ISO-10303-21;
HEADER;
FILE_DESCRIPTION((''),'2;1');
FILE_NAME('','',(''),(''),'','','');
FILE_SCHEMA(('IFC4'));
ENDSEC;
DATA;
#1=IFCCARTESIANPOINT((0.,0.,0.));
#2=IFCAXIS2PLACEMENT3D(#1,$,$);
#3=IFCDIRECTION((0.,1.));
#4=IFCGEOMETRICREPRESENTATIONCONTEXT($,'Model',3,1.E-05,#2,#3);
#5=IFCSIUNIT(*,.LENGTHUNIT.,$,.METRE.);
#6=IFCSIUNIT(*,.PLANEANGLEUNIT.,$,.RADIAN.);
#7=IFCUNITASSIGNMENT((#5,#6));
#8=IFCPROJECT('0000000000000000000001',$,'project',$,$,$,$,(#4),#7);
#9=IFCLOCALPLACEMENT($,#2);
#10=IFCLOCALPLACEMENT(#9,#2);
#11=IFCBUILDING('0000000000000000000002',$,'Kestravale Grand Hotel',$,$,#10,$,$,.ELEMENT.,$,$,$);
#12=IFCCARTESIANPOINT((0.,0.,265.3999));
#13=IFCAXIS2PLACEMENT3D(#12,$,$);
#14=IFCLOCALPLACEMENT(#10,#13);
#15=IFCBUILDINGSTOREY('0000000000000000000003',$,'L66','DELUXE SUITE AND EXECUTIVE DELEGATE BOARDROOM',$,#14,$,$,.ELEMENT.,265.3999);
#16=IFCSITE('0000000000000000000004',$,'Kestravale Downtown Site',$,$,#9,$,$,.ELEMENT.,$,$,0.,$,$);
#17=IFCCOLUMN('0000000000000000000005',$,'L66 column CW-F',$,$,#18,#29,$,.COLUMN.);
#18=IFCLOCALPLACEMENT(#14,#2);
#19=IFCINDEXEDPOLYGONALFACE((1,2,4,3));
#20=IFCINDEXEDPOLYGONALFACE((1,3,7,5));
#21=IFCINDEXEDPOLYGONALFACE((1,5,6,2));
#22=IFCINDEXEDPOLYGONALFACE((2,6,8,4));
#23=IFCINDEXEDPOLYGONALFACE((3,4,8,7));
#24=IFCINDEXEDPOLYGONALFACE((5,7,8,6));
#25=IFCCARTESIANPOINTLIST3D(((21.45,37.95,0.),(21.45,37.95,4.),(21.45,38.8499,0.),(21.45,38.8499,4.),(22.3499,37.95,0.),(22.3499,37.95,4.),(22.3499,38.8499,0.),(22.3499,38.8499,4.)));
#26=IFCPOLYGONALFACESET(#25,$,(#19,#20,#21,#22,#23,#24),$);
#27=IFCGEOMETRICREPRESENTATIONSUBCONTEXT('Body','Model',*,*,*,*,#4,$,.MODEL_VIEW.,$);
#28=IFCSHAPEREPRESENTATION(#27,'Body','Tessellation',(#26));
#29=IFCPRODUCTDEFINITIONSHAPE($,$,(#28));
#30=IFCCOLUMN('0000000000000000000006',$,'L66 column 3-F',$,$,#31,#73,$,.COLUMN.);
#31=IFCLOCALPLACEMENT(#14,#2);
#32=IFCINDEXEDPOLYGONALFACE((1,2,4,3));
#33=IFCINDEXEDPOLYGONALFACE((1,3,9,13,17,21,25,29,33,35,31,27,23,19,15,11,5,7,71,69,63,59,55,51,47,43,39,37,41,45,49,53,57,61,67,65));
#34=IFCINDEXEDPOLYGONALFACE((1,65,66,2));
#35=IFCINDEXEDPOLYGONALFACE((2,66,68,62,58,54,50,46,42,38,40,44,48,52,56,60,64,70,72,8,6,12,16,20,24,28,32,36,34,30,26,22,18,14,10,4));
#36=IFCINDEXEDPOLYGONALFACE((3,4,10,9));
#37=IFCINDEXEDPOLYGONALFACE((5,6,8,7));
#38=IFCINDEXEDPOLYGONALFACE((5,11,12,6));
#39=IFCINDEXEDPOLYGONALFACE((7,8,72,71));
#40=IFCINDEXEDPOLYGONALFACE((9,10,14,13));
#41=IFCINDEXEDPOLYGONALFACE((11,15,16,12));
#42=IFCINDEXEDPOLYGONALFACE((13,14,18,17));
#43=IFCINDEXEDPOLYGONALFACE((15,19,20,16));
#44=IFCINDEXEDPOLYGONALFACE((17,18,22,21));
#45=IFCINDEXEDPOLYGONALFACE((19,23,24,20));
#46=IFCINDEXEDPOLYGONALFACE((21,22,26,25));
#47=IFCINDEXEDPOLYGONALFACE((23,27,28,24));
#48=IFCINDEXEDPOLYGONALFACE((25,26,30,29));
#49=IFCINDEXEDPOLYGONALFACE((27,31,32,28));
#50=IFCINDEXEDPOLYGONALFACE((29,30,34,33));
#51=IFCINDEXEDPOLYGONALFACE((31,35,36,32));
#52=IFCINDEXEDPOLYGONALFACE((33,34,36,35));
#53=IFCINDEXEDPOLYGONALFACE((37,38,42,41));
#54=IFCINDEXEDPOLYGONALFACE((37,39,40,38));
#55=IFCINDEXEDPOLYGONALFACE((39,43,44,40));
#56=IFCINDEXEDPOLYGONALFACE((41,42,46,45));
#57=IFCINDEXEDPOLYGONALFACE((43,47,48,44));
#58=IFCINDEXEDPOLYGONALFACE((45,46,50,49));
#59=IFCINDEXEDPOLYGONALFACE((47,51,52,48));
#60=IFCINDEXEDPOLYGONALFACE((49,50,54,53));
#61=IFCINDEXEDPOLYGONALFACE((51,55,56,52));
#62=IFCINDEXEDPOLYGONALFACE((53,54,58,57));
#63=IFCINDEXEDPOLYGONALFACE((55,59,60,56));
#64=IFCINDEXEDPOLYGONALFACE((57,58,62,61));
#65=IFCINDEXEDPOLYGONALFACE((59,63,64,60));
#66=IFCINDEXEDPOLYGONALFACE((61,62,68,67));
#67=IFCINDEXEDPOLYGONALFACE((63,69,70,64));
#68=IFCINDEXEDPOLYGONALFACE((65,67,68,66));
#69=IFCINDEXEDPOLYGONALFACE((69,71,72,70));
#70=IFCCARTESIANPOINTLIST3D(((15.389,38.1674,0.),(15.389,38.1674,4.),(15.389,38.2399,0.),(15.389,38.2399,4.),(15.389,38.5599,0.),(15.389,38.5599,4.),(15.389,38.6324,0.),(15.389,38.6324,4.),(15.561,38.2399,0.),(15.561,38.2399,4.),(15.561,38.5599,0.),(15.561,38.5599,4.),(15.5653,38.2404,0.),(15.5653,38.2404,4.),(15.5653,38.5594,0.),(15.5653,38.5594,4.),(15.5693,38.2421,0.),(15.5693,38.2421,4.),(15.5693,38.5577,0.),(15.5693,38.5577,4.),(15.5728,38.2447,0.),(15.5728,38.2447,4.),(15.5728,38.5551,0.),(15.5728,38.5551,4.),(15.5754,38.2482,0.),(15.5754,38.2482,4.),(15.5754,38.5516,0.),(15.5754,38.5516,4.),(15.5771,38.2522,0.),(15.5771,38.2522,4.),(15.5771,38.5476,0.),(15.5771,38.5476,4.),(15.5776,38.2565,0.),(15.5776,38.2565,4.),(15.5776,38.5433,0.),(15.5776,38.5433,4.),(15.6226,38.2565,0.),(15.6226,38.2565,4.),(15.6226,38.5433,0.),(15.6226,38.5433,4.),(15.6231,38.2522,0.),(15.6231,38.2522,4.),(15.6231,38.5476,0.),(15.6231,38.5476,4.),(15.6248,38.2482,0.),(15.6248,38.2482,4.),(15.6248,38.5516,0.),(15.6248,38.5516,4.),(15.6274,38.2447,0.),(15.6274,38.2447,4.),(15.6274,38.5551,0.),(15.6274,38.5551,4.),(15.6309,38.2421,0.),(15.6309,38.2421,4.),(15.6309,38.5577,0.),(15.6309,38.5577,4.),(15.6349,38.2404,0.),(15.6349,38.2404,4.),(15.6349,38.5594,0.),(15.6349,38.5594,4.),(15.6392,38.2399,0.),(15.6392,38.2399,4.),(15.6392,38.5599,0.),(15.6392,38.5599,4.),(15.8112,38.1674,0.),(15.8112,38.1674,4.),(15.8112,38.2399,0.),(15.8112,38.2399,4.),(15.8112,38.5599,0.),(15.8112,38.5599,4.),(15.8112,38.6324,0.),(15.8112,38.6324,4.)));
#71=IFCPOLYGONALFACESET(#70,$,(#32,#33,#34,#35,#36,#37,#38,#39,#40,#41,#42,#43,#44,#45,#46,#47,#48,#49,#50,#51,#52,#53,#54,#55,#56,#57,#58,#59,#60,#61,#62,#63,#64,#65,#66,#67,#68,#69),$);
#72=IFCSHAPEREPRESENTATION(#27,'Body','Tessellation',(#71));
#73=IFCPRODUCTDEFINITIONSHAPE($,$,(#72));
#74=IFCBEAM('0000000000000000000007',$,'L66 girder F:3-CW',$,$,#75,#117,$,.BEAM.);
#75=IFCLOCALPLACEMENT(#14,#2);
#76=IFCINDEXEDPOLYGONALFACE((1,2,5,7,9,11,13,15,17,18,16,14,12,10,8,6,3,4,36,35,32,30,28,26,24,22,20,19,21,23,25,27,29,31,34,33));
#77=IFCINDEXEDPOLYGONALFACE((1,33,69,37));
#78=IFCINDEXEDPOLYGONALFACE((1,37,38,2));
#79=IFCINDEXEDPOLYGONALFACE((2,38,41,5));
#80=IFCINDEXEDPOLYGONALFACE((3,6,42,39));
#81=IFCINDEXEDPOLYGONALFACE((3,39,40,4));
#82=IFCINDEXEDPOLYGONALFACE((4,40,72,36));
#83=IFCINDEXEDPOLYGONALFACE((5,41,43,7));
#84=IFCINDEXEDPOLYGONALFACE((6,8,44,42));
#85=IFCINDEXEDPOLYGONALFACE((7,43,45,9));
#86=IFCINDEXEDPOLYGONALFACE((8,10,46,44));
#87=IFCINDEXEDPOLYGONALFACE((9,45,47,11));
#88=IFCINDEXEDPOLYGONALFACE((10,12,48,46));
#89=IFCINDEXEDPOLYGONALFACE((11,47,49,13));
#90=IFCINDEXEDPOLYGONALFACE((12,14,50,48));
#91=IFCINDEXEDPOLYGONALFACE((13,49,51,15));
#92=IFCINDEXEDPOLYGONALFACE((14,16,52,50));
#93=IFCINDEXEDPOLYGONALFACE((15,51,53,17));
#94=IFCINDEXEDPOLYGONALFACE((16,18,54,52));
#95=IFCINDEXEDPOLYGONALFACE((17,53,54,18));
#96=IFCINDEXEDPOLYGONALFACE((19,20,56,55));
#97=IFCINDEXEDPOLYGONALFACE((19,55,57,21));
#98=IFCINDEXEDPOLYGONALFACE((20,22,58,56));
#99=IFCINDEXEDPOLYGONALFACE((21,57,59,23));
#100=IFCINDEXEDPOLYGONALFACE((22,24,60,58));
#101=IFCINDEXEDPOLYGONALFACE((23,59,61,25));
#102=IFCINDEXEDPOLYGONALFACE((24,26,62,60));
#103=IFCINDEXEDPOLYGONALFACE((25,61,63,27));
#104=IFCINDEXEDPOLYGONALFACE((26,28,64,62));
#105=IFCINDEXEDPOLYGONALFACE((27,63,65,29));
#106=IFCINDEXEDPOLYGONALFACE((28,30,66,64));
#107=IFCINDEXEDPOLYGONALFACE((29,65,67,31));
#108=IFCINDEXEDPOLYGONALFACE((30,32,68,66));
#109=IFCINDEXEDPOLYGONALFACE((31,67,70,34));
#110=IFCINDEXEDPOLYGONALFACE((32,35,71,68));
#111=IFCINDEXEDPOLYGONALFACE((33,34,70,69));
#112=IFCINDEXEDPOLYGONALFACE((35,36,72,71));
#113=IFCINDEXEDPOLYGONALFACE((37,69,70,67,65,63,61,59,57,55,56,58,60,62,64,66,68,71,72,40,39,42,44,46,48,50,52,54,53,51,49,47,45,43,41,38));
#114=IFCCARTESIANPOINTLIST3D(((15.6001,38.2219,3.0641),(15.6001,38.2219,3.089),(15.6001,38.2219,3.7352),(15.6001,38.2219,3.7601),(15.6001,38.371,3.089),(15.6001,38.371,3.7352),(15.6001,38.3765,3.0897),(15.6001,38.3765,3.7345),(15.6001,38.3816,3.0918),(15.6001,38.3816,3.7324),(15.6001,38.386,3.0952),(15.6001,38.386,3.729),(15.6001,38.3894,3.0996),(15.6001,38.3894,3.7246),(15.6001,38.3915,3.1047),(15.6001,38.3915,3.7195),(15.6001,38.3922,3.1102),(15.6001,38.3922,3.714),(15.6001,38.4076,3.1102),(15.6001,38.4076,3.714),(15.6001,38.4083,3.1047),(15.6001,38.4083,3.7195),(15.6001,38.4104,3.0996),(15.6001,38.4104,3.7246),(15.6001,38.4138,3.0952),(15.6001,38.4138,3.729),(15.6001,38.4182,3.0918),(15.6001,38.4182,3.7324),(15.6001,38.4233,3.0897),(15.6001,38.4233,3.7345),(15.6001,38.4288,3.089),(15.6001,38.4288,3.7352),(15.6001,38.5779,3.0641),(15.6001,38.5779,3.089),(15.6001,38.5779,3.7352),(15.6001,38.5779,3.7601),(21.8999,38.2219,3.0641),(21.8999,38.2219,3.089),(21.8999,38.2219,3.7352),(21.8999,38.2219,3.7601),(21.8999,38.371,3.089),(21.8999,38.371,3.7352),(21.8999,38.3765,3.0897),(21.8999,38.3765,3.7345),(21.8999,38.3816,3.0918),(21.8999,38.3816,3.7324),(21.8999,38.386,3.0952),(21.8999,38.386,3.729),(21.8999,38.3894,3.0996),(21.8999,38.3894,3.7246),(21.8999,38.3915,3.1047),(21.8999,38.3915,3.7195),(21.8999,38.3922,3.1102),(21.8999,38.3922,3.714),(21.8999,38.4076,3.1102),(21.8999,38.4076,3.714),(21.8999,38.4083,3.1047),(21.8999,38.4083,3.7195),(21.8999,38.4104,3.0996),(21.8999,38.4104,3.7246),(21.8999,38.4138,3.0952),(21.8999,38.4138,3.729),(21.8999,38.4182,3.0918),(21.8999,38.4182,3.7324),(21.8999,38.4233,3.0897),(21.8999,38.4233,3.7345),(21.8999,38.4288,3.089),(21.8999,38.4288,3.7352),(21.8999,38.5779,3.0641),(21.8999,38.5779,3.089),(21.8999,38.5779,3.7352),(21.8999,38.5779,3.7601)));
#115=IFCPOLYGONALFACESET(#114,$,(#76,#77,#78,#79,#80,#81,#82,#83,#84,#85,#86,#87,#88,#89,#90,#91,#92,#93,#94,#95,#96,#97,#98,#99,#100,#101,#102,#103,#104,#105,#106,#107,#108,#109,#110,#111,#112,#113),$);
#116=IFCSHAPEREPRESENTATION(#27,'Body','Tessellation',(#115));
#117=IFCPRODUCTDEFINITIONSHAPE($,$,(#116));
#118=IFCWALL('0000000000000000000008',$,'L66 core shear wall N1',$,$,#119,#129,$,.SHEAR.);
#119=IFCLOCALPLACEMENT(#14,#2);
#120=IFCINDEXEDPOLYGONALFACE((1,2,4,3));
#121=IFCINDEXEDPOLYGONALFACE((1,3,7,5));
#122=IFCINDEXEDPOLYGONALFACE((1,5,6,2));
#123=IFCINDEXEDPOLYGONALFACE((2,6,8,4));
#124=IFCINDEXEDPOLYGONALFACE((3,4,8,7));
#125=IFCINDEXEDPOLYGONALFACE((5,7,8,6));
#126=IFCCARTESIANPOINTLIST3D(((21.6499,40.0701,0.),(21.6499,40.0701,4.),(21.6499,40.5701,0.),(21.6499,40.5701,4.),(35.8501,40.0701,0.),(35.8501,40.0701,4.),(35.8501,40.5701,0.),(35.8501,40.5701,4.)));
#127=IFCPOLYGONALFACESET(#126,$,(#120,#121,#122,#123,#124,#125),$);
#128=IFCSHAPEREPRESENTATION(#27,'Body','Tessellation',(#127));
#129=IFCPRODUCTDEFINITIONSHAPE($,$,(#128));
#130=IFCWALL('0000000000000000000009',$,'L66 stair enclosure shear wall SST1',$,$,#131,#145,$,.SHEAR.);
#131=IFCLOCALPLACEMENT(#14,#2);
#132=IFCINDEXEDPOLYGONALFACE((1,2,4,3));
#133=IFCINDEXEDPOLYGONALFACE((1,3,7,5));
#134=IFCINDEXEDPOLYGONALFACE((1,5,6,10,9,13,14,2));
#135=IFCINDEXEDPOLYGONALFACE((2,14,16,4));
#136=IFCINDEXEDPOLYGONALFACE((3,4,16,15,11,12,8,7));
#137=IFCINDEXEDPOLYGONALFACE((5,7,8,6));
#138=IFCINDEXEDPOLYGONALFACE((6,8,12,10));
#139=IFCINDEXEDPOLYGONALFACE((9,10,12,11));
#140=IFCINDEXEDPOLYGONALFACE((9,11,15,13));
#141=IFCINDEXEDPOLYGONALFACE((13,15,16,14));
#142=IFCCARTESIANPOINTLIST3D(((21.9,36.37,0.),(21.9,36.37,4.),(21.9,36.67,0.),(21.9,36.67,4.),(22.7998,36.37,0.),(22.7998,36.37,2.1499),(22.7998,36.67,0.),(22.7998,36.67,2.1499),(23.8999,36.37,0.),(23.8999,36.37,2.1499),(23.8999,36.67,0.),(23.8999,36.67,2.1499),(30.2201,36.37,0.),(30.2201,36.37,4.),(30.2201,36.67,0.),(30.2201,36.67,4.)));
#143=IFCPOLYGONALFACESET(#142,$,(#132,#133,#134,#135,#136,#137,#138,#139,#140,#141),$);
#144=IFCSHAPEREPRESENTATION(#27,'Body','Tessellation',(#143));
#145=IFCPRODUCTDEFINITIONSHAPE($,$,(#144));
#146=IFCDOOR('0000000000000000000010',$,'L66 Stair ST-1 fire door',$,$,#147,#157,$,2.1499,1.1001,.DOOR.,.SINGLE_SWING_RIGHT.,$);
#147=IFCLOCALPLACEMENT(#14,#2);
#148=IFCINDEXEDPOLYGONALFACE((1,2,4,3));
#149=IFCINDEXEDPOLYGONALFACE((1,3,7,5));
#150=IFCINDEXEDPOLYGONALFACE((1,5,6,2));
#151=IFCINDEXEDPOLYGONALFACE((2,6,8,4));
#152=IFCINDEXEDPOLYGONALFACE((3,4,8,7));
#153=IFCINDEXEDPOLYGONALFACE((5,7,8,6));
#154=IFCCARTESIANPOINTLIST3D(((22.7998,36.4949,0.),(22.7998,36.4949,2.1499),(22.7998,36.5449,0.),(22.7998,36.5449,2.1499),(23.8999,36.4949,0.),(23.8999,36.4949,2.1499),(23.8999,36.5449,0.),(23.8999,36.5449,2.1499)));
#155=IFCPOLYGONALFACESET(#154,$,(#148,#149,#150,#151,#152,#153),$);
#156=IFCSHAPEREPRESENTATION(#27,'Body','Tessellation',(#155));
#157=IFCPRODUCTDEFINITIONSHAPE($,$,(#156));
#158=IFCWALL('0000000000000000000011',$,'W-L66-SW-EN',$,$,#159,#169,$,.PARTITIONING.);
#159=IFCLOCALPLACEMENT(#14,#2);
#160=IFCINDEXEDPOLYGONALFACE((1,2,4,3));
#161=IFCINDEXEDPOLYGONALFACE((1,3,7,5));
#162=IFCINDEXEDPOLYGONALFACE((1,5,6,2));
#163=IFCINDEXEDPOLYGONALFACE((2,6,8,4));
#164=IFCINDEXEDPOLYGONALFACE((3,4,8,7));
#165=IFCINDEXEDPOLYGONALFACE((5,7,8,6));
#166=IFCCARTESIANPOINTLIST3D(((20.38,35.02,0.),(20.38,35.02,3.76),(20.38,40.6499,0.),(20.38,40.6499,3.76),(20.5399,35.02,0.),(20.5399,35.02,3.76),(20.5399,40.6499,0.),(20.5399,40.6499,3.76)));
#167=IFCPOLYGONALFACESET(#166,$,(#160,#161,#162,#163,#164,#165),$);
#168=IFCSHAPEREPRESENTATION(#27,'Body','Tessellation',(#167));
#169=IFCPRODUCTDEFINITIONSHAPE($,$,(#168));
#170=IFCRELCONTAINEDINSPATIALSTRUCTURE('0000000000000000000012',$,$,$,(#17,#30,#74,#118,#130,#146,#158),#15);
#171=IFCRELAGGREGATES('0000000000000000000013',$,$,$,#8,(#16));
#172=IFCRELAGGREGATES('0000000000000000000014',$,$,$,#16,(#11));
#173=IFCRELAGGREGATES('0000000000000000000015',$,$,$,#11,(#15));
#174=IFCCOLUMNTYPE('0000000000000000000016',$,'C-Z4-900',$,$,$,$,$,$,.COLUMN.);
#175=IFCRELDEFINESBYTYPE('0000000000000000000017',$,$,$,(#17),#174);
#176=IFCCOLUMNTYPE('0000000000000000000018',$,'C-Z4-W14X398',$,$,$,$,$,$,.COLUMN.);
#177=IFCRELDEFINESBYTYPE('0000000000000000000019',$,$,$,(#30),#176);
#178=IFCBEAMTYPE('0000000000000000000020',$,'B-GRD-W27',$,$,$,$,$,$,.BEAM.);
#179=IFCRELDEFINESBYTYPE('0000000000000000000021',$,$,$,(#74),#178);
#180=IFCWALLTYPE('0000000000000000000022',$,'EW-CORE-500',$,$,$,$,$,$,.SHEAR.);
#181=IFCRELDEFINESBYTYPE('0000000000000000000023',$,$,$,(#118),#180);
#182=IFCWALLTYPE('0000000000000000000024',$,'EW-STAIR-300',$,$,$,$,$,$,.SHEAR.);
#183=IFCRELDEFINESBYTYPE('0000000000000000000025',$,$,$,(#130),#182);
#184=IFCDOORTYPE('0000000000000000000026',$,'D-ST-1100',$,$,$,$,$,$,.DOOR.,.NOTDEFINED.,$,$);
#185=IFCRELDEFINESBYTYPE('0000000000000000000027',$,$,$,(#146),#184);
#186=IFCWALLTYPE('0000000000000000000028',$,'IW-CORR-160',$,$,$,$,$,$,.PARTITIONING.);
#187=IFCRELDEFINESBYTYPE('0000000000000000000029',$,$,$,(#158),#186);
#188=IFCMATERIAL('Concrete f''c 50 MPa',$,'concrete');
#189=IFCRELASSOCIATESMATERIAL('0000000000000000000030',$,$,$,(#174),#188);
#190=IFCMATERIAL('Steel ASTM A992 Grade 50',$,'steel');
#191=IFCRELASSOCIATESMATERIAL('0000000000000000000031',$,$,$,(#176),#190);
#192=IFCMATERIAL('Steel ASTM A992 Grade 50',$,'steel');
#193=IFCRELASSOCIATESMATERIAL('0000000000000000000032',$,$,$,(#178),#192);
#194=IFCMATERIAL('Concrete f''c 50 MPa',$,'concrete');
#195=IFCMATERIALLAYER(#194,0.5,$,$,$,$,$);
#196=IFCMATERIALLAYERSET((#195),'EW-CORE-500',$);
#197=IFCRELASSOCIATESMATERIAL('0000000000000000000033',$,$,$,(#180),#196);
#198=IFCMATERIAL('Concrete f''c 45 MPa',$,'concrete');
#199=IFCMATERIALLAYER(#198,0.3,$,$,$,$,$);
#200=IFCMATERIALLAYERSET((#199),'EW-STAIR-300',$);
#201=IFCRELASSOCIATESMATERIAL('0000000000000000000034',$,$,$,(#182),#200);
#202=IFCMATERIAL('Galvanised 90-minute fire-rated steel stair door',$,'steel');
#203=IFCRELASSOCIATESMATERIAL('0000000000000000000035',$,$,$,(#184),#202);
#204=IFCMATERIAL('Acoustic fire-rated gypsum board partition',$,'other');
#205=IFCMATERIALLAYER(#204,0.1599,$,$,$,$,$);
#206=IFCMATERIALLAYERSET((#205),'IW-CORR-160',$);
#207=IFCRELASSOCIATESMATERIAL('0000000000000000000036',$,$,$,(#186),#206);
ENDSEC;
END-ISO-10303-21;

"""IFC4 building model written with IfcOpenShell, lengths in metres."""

from ifc_helpers import new_model, si_unit, direction, frame, frame_2d, origin, origin_2d, place, context, subcontext, project, spatial, rectangle, i_section, extrude, material, layer, layer_set, material_profile, profile_set, type_object, element, fill, save


model = new_model("IFC4")

# Units and contexts
model_context = context("Model", 3, precision=1e-05, world=origin(), true_north=direction((0.0, 1.0)))
body_context = subcontext(model_context, "Body", "Model", "MODEL_VIEW")
ifc_project = project(units=[si_unit("LENGTHUNIT", "METRE"), si_unit("PLANEANGLEUNIT", "RADIAN")], contexts=[model_context])

# Site, building, storey
site_placement = place(None, origin())
site = spatial("IfcSite", under=ifc_project, at=site_placement, Name="Kestravale Downtown Site", CompositionType="ELEMENT", RefElevation=0.0)
building_placement = place(site_placement, origin())
building = spatial("IfcBuilding", under=site, at=building_placement, Name="Kestravale Grand Hotel", CompositionType="ELEMENT")
storey_placement = place(building_placement, frame((0.0, 0.0, 265.3999)))
storey = spatial("IfcBuildingStorey", under=building, at=storey_placement, Name="L66", Description="DELUXE SUITE AND EXECUTIVE DELEGATE BOARDROOM", CompositionType="ELEMENT", Elevation=265.3999)

# Columns
ifc_material_1 = material(Name="Concrete f'c 50 MPa", Category="concrete")
ifc_material_profile_1 = material_profile(ifc_material_1, rectangle(XDim=0.8999, YDim=0.8999, at=origin_2d()))
ifc_profile_set_1 = profile_set([ifc_material_profile_1], Name="Concrete f'c 50 MPa")
column_type_1 = type_object("IfcColumnType", Name="C-Z4-900", PredefinedType="COLUMN", material=ifc_profile_set_1)
column_1_placement = place(storey_placement, frame((21.8999, 38.3999, 0.0), z_axis=(0.0, 0.0, 1.0), x_axis=(1.0, 0.0, 0.0)))
element("IfcColumn", 1, at=column_1_placement, inside=storey, type_object=column_type_1, Name="L66 column CW-F", PredefinedType="COLUMN", context=body_context, shape_type="SweptSolid", body=[
    extrude(rectangle(XDim=0.8999, YDim=0.8999, at=origin_2d()), origin(), (0.0, 0.0, 1.0), 4.0),
])
ifc_material_2 = material(Name="Steel ASTM A992 Grade 50", Category="steel")
ifc_material_profile_2 = material_profile(ifc_material_2, i_section(OverallWidth=0.4221, OverallDepth=0.4651, WebThickness=0.0449, FlangeThickness=0.0725, FilletRadius=0.0166, at=origin_2d()))
ifc_profile_set_2 = profile_set([ifc_material_profile_2], Name="Steel ASTM A992 Grade 50")
column_type_2 = type_object("IfcColumnType", Name="C-Z4-W14X398", PredefinedType="COLUMN", material=ifc_profile_set_2)
column_2_placement = place(storey_placement, frame((15.6001, 38.3999, 0.0), z_axis=(0.0, 0.0, 1.0), x_axis=(1.0, 0.0, 0.0)))
element("IfcColumn", 2, at=column_2_placement, inside=storey, type_object=column_type_2, Name="L66 column 3-F", PredefinedType="COLUMN", context=body_context, shape_type="SweptSolid", body=[
    extrude(i_section(OverallWidth=0.4221, OverallDepth=0.4651, WebThickness=0.0449, FlangeThickness=0.0725, FilletRadius=0.0166, at=origin_2d()), origin(), (0.0, 0.0, 1.0), 4.0),
])

# Beam
ifc_material_3 = material(Name="Steel ASTM A992 Grade 50", Category="steel")
ifc_material_profile_3 = material_profile(ifc_material_3, i_section(OverallWidth=0.356, OverallDepth=0.696, WebThickness=0.0154, FlangeThickness=0.0249, FilletRadius=0.0212, at=origin_2d()))
ifc_profile_set_3 = profile_set([ifc_material_profile_3], Name="Steel ASTM A992 Grade 50")
beam_type = type_object("IfcBeamType", Name="B-GRD-W27", PredefinedType="BEAM", material=ifc_profile_set_3)
beam_placement = place(storey_placement, frame((15.6001, 38.3999, 3.4121), z_axis=(1.0, 0.0, 0.0), x_axis=(0.0, 1.0, 0.0)))
element("IfcBeam", 3, at=beam_placement, inside=storey, type_object=beam_type, Name="L66 girder F:3-CW", PredefinedType="BEAM", context=body_context, shape_type="SweptSolid", body=[
    extrude(i_section(OverallWidth=0.356, OverallDepth=0.696, WebThickness=0.0154, FlangeThickness=0.0249, FilletRadius=0.0212, at=origin_2d()), origin(), (0.0, 0.0, 1.0), 6.2998),
])

# Wall
ifc_material_4 = material(Name="Concrete f'c 50 MPa", Category="concrete")
ifc_layer_1 = layer(ifc_material_4, 0.5)
ifc_layer_set_1 = layer_set([ifc_layer_1], Name="EW-CORE-500")
wall_type_1 = type_object("IfcWallType", Name="EW-CORE-500", PredefinedType="SHEAR", material=ifc_layer_set_1)
wall_1_placement = place(storey_placement, frame((21.6499, 40.3201, 0.0), z_axis=(0.0, 0.0, 1.0), x_axis=(1.0, 0.0, 0.0)))
element("IfcWall", 4, at=wall_1_placement, inside=storey, type_object=wall_type_1, Name="L66 core shear wall N1", PredefinedType="SHEAR", context=body_context, shape_type="SweptSolid", body=[
    extrude(rectangle(XDim=14.2002, YDim=0.5, at=frame_2d((7.1001, 0.0))), origin(), (0.0, 0.0, 1.0), 4.0),
])

# Wall, opening, door
ifc_material_5 = material(Name="Concrete f'c 45 MPa", Category="concrete")
ifc_layer_2 = layer(ifc_material_5, 0.3)
ifc_layer_set_2 = layer_set([ifc_layer_2], Name="EW-STAIR-300")
wall_type_2 = type_object("IfcWallType", Name="EW-STAIR-300", PredefinedType="SHEAR", material=ifc_layer_set_2)
wall_2_placement = place(storey_placement, frame((21.8999, 36.52, 0.0), z_axis=(0.0, 0.0, 1.0), x_axis=(1.0, 0.0, 0.0)))
wall_2 = element("IfcWall", 5, at=wall_2_placement, inside=storey, type_object=wall_type_2, Name="L66 stair enclosure shear wall SST1", PredefinedType="SHEAR", context=body_context, shape_type="SweptSolid", body=[
    extrude(rectangle(XDim=8.3201, YDim=0.3, at=frame_2d((4.1602, 0.0))), origin(), (0.0, 0.0, 1.0), 4.0),
])
opening_1_placement = place(wall_2_placement, frame((0.8999, 0.0, 0.0)))
opening_1 = element("IfcOpeningElement", 6, at=opening_1_placement, cuts=wall_2, PredefinedType="OPENING", context=body_context, shape_type="SweptSolid", body=[
    extrude(rectangle(XDim=1.1001, YDim=2.1499, at=frame_2d((0.55, 1.075))), frame((0.0, 0.1599, 0.0), z_axis=(0.0, -1.0, 0.0), x_axis=(1.0, 0.0, 0.0)), (0.0, 0.0, 1.0), 0.3201),
])
ifc_material_6 = material(Name="Galvanised 90-minute fire-rated steel stair door", Category="steel")
door_type_1 = type_object("IfcDoorType", Name="D-ST-1100", OperationType="NOTDEFINED", PredefinedType="DOOR", material=ifc_material_6)
door_1_placement = place(opening_1_placement, origin())
door_1 = element("IfcDoor", 7, at=door_1_placement, inside=storey, type_object=door_type_1, Name="L66 Stair ST-1 fire door", OperationType="SINGLE_SWING_RIGHT", OverallHeight=2.1499, OverallWidth=1.1001, PredefinedType="DOOR", context=body_context, shape_type="SweptSolid", body=[
    extrude(rectangle(XDim=1.1001, YDim=2.1499, at=frame_2d((0.55, 1.075))), frame((0.0, 0.0249, 0.0), z_axis=(0.0, -1.0, 0.0), x_axis=(1.0, 0.0, 0.0)), (0.0, 0.0, 1.0), 0.05),
])
fill(opening_1, door_1)

# Wall
ifc_material_7 = material(Name="Acoustic fire-rated gypsum board partition", Category="other")
ifc_layer_3 = layer(ifc_material_7, 0.1599)
ifc_layer_set_3 = layer_set([ifc_layer_3], Name="IW-CORR-160")
wall_type_3 = type_object("IfcWallType", Name="IW-CORR-160", PredefinedType="PARTITIONING", material=ifc_layer_set_3)
wall_3_placement = place(storey_placement, frame((20.46, 35.02, 0.0), z_axis=(0.0, 0.0, 1.0), x_axis=(0.0, 1.0, 0.0)))
element("IfcWall", 8, at=wall_3_placement, inside=storey, type_object=wall_type_3, Name="W-L66-SW-EN", PredefinedType="PARTITIONING", context=body_context, shape_type="SweptSolid", body=[
    extrude(rectangle(XDim=5.6299, YDim=0.1599, at=frame_2d((2.8149, 0.0))), origin(), (0.0, 0.0, 1.0), 3.76),
])

save(model, "model.ifc")
